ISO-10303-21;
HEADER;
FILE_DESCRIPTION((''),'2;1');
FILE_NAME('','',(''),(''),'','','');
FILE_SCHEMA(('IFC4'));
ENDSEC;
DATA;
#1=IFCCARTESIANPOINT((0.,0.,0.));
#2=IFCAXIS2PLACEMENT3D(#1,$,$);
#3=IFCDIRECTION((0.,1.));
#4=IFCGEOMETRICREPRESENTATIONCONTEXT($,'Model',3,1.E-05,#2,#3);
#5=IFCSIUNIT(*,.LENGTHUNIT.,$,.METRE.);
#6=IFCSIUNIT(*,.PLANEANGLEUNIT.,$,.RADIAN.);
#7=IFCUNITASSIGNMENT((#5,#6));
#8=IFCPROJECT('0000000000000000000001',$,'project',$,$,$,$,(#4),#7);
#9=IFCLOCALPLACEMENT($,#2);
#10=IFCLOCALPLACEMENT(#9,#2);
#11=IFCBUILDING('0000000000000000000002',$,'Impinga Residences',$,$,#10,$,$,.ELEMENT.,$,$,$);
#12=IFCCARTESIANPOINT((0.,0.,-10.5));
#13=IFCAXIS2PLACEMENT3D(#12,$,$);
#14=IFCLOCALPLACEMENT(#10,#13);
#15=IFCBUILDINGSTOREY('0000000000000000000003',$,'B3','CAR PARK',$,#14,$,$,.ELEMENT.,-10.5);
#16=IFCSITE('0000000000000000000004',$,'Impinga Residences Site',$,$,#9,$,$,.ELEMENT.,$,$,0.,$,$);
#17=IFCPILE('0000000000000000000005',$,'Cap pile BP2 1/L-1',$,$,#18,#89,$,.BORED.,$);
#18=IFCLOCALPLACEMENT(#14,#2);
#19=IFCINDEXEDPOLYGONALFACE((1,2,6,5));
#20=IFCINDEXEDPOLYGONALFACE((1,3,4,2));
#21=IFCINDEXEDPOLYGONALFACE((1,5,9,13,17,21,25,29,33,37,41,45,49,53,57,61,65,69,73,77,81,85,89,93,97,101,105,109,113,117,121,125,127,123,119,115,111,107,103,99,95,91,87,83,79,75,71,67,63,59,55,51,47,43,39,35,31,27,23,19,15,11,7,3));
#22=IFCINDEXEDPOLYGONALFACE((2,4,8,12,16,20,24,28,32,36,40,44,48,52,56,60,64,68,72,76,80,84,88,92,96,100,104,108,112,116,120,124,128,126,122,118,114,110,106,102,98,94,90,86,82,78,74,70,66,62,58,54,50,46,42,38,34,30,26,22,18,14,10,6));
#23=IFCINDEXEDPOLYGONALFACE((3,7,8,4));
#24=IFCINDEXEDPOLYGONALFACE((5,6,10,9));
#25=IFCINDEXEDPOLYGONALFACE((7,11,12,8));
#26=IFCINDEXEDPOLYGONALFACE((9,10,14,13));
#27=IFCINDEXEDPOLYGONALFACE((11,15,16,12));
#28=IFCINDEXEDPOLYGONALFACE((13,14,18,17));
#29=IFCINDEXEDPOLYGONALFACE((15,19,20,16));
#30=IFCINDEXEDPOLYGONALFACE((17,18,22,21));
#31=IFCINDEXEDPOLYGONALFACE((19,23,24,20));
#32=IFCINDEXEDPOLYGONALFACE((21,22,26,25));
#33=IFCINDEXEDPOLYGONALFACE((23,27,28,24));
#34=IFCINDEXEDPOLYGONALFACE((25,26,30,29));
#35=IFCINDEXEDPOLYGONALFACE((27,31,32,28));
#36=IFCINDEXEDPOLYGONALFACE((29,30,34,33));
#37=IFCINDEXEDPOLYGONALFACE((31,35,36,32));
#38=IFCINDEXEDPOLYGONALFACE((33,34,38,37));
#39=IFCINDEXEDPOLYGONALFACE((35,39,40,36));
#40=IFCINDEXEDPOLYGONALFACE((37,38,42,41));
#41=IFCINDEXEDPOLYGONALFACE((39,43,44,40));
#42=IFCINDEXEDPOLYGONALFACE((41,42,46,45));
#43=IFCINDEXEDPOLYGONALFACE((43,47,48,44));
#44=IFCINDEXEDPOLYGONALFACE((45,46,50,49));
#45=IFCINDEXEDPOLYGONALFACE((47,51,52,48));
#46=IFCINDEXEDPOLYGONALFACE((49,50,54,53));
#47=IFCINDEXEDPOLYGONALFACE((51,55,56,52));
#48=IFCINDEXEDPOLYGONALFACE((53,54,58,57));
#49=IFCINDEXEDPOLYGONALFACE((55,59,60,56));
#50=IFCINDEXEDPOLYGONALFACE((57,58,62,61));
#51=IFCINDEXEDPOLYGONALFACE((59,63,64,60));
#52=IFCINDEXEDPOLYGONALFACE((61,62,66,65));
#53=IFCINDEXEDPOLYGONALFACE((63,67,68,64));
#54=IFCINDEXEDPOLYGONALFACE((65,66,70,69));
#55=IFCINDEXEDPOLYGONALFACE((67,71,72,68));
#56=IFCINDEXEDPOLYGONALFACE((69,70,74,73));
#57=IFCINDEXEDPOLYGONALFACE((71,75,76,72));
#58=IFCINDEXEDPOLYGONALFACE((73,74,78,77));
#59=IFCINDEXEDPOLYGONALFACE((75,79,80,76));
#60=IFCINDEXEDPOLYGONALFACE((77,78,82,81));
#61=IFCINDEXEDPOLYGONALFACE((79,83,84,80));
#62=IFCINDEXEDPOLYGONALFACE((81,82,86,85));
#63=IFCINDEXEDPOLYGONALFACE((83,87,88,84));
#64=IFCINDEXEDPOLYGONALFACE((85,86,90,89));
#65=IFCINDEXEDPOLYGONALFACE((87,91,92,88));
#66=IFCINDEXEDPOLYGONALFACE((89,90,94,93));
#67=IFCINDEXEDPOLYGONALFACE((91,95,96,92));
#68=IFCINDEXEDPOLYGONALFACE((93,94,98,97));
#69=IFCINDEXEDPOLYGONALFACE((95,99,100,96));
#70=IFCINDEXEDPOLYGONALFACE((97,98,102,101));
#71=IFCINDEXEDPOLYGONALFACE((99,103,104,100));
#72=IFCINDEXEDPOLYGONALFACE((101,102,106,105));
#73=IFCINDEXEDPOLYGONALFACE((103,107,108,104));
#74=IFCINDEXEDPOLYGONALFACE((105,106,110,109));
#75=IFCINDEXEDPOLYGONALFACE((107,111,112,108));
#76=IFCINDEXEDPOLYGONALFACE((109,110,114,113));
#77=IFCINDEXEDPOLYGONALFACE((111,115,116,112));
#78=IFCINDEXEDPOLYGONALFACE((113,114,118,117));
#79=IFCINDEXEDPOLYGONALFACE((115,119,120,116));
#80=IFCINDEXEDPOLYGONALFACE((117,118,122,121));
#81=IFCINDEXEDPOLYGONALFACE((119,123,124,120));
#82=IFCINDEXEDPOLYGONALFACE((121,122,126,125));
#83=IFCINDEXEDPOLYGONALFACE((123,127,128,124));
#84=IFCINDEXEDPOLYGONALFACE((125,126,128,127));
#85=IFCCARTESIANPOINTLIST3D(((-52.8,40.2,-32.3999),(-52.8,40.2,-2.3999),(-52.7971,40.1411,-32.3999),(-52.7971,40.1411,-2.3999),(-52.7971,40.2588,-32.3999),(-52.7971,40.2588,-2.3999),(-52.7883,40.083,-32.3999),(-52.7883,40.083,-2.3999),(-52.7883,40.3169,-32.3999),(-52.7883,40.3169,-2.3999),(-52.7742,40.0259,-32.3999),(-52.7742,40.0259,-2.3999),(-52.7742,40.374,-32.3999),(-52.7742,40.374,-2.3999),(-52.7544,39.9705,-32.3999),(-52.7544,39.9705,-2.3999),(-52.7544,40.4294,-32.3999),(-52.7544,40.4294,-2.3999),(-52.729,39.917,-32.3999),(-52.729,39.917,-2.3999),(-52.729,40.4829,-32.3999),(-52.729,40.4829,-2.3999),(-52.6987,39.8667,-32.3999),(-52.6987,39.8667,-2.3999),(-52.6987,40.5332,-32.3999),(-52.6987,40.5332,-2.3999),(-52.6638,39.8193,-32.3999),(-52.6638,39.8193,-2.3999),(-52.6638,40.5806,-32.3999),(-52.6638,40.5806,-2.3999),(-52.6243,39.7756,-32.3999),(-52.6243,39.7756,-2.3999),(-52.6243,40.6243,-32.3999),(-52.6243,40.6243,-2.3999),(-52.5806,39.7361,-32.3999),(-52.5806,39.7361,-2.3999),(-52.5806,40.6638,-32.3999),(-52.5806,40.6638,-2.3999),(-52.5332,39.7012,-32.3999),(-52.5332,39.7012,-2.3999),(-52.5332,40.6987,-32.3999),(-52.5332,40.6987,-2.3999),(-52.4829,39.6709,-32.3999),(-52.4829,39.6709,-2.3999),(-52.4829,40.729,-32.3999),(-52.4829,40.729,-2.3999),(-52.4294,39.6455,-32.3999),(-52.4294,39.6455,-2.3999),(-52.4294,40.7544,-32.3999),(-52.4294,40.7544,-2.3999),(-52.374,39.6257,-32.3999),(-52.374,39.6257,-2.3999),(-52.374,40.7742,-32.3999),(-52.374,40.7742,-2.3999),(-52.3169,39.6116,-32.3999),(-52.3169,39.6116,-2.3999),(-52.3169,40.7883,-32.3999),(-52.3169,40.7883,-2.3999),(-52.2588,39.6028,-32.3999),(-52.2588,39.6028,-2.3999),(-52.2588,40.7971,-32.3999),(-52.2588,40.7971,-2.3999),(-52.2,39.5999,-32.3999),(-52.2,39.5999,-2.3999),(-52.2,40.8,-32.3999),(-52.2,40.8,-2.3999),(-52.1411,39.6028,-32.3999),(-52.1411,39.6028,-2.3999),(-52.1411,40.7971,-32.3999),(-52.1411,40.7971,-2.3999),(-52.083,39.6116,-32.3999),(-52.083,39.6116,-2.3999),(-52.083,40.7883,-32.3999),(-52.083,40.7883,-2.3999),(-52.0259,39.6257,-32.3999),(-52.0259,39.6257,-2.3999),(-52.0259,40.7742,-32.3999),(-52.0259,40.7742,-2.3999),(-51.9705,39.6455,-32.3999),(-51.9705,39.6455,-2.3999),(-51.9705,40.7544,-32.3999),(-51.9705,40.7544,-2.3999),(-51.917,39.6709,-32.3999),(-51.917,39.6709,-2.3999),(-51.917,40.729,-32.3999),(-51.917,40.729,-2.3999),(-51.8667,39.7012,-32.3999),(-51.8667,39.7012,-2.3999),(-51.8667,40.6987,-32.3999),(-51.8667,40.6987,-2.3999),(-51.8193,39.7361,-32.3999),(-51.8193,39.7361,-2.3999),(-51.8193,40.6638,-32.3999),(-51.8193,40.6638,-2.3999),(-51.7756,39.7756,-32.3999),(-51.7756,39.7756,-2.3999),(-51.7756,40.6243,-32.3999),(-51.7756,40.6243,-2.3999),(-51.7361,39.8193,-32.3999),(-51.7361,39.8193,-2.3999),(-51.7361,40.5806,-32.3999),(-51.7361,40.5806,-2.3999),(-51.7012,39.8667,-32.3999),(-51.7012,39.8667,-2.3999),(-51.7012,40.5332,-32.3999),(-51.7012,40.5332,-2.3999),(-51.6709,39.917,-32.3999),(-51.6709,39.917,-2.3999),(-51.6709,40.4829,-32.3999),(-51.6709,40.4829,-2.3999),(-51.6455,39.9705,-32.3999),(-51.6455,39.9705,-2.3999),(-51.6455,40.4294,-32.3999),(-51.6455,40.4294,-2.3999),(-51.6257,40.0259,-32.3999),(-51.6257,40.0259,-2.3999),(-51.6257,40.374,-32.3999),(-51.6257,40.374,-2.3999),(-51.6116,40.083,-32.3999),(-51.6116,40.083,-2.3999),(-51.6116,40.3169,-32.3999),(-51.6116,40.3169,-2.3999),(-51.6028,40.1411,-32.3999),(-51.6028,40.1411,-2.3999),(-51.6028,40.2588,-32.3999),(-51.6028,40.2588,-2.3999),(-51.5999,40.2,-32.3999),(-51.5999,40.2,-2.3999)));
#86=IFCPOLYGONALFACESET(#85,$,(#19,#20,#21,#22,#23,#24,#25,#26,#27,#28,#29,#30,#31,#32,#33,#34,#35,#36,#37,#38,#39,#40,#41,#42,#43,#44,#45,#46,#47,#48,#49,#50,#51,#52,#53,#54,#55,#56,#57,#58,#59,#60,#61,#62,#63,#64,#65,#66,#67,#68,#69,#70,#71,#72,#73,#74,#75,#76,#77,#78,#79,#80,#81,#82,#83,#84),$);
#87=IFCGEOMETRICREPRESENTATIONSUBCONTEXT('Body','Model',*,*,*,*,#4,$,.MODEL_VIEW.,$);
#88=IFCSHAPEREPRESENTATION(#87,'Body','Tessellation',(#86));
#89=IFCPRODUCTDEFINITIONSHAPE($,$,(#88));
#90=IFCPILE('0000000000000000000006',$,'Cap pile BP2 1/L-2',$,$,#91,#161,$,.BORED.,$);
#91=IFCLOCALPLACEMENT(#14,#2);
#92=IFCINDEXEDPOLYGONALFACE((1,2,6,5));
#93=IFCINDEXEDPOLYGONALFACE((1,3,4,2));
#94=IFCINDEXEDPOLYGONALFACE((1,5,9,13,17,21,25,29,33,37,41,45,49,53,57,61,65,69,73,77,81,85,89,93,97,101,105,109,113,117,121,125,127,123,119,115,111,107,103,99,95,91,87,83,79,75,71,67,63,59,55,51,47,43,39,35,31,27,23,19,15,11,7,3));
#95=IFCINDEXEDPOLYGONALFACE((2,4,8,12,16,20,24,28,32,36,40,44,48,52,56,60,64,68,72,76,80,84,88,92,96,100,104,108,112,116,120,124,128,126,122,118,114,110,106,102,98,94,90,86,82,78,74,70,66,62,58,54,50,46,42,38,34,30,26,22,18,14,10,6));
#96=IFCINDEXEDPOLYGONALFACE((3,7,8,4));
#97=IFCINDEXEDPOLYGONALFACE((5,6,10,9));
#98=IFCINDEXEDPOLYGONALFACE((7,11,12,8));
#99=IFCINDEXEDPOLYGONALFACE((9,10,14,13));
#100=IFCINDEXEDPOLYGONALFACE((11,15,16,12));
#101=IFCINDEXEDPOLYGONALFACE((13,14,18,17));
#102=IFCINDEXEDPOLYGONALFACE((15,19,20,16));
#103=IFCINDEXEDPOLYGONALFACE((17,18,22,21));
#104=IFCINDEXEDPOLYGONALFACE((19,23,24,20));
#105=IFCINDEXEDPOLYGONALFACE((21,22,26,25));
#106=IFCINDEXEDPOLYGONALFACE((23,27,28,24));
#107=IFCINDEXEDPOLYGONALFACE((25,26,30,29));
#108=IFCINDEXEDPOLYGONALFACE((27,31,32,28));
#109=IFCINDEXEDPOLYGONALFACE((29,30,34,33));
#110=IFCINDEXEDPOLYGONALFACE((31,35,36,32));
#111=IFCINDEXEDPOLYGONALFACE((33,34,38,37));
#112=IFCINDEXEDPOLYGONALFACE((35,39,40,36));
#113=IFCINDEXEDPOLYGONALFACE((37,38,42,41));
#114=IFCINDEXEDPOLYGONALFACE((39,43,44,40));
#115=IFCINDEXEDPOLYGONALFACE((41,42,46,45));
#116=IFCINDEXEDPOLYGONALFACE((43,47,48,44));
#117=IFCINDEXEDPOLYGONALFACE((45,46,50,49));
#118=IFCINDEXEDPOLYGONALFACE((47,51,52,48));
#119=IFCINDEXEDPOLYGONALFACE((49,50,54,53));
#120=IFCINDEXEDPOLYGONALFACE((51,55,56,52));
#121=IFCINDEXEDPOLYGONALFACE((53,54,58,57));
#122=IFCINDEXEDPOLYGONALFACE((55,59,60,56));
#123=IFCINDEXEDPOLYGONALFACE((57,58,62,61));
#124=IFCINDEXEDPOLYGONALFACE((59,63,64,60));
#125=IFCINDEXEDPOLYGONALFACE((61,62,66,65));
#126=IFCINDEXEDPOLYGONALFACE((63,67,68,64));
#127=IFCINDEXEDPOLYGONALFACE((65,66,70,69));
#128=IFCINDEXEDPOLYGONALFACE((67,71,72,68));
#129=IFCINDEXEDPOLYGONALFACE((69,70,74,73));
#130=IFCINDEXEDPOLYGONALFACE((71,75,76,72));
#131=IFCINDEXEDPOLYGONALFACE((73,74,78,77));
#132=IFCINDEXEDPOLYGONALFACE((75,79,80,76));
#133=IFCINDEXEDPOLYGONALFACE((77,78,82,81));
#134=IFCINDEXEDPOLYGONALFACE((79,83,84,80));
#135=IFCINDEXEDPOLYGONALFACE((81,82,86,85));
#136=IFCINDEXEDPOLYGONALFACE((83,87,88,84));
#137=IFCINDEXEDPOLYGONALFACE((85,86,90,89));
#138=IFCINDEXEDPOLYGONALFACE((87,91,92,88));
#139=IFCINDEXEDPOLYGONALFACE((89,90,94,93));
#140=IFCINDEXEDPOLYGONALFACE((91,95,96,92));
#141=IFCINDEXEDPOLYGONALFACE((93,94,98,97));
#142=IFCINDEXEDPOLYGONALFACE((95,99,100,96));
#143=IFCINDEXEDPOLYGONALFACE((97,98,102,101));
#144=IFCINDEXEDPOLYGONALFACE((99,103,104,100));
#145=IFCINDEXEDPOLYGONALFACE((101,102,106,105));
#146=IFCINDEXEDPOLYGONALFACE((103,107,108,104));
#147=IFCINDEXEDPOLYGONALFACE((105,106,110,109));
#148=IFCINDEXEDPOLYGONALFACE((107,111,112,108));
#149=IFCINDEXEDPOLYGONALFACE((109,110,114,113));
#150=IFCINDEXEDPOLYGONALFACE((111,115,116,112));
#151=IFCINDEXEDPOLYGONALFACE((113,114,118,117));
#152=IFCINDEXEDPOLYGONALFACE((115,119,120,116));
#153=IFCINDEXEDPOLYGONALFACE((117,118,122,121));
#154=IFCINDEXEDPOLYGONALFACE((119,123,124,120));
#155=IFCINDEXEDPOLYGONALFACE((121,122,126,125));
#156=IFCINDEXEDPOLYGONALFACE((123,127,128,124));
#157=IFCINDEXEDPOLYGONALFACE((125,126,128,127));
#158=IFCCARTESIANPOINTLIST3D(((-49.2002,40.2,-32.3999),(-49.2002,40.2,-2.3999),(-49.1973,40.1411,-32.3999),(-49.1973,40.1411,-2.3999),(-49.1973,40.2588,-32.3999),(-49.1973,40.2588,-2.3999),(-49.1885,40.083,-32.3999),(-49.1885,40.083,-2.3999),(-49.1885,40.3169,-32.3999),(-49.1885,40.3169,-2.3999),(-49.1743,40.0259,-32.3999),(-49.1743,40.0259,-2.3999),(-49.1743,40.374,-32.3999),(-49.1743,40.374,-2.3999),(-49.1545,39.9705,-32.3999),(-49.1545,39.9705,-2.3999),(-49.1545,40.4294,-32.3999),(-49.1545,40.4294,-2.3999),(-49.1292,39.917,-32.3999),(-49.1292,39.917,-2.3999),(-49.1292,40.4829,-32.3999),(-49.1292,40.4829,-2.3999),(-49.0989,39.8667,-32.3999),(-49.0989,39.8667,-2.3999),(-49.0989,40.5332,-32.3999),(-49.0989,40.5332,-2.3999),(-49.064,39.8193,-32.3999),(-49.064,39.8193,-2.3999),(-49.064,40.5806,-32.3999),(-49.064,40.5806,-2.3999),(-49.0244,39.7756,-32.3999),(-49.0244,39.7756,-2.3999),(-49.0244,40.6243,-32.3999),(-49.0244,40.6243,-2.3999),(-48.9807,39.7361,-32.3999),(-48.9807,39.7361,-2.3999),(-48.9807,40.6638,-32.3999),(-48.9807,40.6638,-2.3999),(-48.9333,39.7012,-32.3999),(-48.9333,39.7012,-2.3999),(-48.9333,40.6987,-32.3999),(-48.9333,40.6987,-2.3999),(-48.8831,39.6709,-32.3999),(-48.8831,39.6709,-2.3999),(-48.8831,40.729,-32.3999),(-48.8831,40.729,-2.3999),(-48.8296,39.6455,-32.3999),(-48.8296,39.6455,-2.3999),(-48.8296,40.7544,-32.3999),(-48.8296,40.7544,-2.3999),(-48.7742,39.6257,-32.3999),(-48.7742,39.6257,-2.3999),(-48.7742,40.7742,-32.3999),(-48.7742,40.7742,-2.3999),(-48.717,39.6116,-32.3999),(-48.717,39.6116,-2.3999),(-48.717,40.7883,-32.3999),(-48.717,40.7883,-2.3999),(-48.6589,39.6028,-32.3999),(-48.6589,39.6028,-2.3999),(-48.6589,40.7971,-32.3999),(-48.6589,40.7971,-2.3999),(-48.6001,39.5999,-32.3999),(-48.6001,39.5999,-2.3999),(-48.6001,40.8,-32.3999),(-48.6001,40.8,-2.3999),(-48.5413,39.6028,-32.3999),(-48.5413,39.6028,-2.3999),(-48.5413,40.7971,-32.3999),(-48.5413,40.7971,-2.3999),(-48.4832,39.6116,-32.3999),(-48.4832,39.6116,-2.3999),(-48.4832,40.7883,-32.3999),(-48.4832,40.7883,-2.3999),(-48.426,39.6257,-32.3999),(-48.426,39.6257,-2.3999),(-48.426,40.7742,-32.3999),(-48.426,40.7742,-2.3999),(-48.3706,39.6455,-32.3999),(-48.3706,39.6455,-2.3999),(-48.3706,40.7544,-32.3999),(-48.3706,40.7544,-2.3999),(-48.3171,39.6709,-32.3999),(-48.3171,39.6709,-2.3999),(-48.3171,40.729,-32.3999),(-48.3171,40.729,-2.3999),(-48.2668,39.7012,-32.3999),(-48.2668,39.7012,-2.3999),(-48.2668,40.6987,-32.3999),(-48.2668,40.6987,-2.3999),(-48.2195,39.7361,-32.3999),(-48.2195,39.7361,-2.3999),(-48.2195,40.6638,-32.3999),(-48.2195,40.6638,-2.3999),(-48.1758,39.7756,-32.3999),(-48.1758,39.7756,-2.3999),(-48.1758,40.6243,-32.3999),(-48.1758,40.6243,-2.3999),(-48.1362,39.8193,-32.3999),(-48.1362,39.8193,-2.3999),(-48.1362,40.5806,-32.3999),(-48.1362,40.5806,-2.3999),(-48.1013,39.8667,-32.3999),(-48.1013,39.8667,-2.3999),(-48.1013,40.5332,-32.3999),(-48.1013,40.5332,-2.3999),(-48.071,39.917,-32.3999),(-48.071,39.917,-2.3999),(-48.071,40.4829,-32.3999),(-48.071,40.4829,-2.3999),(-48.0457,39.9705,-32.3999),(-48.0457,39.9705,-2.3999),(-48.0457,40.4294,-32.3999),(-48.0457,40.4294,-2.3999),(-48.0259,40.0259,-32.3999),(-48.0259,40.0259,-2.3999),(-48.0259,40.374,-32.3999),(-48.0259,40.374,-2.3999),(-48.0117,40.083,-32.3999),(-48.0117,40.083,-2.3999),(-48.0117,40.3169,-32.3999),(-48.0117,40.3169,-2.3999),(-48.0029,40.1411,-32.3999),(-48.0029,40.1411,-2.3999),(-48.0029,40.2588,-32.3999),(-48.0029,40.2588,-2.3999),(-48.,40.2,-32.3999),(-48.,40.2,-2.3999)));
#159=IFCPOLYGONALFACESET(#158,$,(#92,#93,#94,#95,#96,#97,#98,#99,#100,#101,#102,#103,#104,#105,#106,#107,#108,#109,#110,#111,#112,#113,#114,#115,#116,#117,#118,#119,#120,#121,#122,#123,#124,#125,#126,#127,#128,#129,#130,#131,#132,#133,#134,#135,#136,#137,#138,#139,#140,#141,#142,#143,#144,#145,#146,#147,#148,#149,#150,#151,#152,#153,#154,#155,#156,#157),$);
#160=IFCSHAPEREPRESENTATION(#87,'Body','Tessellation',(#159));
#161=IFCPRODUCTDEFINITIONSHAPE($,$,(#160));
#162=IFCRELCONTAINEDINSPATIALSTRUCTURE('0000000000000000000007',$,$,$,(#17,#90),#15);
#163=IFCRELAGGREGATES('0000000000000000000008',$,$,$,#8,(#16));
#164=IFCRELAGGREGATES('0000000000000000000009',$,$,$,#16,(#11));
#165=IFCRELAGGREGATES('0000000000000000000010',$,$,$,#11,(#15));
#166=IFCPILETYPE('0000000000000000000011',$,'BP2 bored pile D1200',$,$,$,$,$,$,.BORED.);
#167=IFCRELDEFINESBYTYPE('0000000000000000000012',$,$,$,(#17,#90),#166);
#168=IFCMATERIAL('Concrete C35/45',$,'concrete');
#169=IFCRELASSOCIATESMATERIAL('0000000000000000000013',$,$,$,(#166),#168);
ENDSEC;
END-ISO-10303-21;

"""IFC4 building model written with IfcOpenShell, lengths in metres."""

from ifc_helpers import new_model, si_unit, direction, frame, origin, origin_2d, place, context, subcontext, project, spatial, polyline, circle, outline, extrude, material, material_profile, profile_set, type_object, element, save


model = new_model("IFC4")

# Units and contexts
model_context = context("Model", 3, precision=1e-05, world=origin(), true_north=direction((0.0, 1.0)))
body_context = subcontext(model_context, "Body", "Model", "MODEL_VIEW")
ifc_project = project(units=[si_unit("LENGTHUNIT", "METRE"), si_unit("PLANEANGLEUNIT", "RADIAN")], contexts=[model_context])

# Site, building, storey
site_placement = place(None, origin())
site = spatial("IfcSite", under=ifc_project, at=site_placement, Name="Impinga Residences Site", CompositionType="ELEMENT", RefElevation=0.0)
building_placement = place(site_placement, origin())
building = spatial("IfcBuilding", under=site, at=building_placement, Name="Impinga Residences", CompositionType="ELEMENT")
storey_placement = place(building_placement, frame((0.0, 0.0, -10.5)))
storey = spatial("IfcBuildingStorey", under=building, at=storey_placement, Name="B3", Description="CAR PARK", CompositionType="ELEMENT", Elevation=-10.5)

# Piles
ifc_material_1 = material(Name="Concrete C35/45", Category="concrete")
ifc_material_profile_1 = material_profile(ifc_material_1, circle(Radius=0.6001, at=origin_2d()), Name="D1200")
ifc_profile_set_1 = profile_set([ifc_material_profile_1], Name="Concrete C35/45")
pile_type = type_object("IfcPileType", Name="BP2 bored pile D1200", PredefinedType="BORED", material=ifc_profile_set_1)
pile_1_placement = place(storey_placement, frame((-52.2, 40.2, -2.3999), z_axis=(0.0, 0.0, -1.0), x_axis=(1.0, 0.0, 0.0)))
element("IfcPile", 1, at=pile_1_placement, inside=storey, type_object=pile_type, Name="Cap pile BP2 1/L-1", PredefinedType="BORED", context=body_context, shape_type="SweptSolid", body=[
    extrude(outline(polyline([(0.6001, 0.0), (0.5972, 0.0588), (0.5884, 0.1169), (0.5742, 0.1741), (0.5544, 0.2295), (0.5291, 0.283), (0.4988, 0.3333), (0.4639, 0.3806), (0.4243, 0.4243), (0.3806, 0.4639), (0.3333, 0.4988), (0.283, 0.5291), (0.2295, 0.5544), (0.1741, 0.5742), (0.1169, 0.5884), (0.0588, 0.5972), (0.0, 0.6001), (-0.0588, 0.5972), (-0.1169, 0.5884), (-0.1741, 0.5742), (-0.2295, 0.5544), (-0.283, 0.5291), (-0.3333, 0.4988), (-0.3806, 0.4639), (-0.4243, 0.4243), (-0.4639, 0.3806), (-0.4988, 0.3333), (-0.5291, 0.283), (-0.5544, 0.2295), (-0.5742, 0.1741), (-0.5884, 0.1169), (-0.5972, 0.0588), (-0.6001, 0.0), (-0.5972, -0.0588), (-0.5884, -0.1169), (-0.5742, -0.1741), (-0.5544, -0.2295), (-0.5291, -0.283), (-0.4988, -0.3333), (-0.4639, -0.3806), (-0.4243, -0.4243), (-0.3806, -0.4639), (-0.3333, -0.4988), (-0.283, -0.5291), (-0.2295, -0.5544), (-0.1741, -0.5742), (-0.1169, -0.5884), (-0.0588, -0.5972), (0.0, -0.6001), (0.0588, -0.5972), (0.1169, -0.5884), (0.1741, -0.5742), (0.2295, -0.5544), (0.283, -0.5291), (0.3333, -0.4988), (0.3806, -0.4639), (0.4243, -0.4243), (0.4639, -0.3806), (0.4988, -0.3333), (0.5291, -0.283), (0.5544, -0.2295), (0.5742, -0.1741), (0.5884, -0.1169), (0.5972, -0.0588), (0.6001, 0.0)])), origin(), (0.0, 0.0, 1.0), 30.0),
])
pile_2_placement = place(storey_placement, frame((-48.6001, 40.2, -2.3999), z_axis=(0.0, 0.0, -1.0), x_axis=(1.0, 0.0, 0.0)))
element("IfcPile", 2, at=pile_2_placement, inside=storey, type_object=pile_type, Name="Cap pile BP2 1/L-2", PredefinedType="BORED", context=body_context, shape_type="SweptSolid", body=[
    extrude(outline(polyline([(0.6001, 0.0), (0.5972, 0.0588), (0.5884, 0.1169), (0.5742, 0.1741), (0.5544, 0.2295), (0.5291, 0.283), (0.4988, 0.3333), (0.4639, 0.3806), (0.4243, 0.4243), (0.3806, 0.4639), (0.3333, 0.4988), (0.283, 0.5291), (0.2295, 0.5544), (0.1741, 0.5742), (0.1169, 0.5884), (0.0588, 0.5972), (0.0, 0.6001), (-0.0588, 0.5972), (-0.1169, 0.5884), (-0.1741, 0.5742), (-0.2295, 0.5544), (-0.283, 0.5291), (-0.3333, 0.4988), (-0.3806, 0.4639), (-0.4243, 0.4243), (-0.4639, 0.3806), (-0.4988, 0.3333), (-0.5291, 0.283), (-0.5544, 0.2295), (-0.5742, 0.1741), (-0.5884, 0.1169), (-0.5972, 0.0588), (-0.6001, 0.0), (-0.5972, -0.0588), (-0.5884, -0.1169), (-0.5742, -0.1741), (-0.5544, -0.2295), (-0.5291, -0.283), (-0.4988, -0.3333), (-0.4639, -0.3806), (-0.4243, -0.4243), (-0.3806, -0.4639), (-0.3333, -0.4988), (-0.283, -0.5291), (-0.2295, -0.5544), (-0.1741, -0.5742), (-0.1169, -0.5884), (-0.0588, -0.5972), (0.0, -0.6001), (0.0588, -0.5972), (0.1169, -0.5884), (0.1741, -0.5742), (0.2295, -0.5544), (0.283, -0.5291), (0.3333, -0.4988), (0.3806, -0.4639), (0.4243, -0.4243), (0.4639, -0.3806), (0.4988, -0.3333), (0.5291, -0.283), (0.5544, -0.2295), (0.5742, -0.1741), (0.5884, -0.1169), (0.5972, -0.0588), (0.6001, 0.0)])), origin(), (0.0, 0.0, 1.0), 30.0),
])

save(model, "model.ifc")
